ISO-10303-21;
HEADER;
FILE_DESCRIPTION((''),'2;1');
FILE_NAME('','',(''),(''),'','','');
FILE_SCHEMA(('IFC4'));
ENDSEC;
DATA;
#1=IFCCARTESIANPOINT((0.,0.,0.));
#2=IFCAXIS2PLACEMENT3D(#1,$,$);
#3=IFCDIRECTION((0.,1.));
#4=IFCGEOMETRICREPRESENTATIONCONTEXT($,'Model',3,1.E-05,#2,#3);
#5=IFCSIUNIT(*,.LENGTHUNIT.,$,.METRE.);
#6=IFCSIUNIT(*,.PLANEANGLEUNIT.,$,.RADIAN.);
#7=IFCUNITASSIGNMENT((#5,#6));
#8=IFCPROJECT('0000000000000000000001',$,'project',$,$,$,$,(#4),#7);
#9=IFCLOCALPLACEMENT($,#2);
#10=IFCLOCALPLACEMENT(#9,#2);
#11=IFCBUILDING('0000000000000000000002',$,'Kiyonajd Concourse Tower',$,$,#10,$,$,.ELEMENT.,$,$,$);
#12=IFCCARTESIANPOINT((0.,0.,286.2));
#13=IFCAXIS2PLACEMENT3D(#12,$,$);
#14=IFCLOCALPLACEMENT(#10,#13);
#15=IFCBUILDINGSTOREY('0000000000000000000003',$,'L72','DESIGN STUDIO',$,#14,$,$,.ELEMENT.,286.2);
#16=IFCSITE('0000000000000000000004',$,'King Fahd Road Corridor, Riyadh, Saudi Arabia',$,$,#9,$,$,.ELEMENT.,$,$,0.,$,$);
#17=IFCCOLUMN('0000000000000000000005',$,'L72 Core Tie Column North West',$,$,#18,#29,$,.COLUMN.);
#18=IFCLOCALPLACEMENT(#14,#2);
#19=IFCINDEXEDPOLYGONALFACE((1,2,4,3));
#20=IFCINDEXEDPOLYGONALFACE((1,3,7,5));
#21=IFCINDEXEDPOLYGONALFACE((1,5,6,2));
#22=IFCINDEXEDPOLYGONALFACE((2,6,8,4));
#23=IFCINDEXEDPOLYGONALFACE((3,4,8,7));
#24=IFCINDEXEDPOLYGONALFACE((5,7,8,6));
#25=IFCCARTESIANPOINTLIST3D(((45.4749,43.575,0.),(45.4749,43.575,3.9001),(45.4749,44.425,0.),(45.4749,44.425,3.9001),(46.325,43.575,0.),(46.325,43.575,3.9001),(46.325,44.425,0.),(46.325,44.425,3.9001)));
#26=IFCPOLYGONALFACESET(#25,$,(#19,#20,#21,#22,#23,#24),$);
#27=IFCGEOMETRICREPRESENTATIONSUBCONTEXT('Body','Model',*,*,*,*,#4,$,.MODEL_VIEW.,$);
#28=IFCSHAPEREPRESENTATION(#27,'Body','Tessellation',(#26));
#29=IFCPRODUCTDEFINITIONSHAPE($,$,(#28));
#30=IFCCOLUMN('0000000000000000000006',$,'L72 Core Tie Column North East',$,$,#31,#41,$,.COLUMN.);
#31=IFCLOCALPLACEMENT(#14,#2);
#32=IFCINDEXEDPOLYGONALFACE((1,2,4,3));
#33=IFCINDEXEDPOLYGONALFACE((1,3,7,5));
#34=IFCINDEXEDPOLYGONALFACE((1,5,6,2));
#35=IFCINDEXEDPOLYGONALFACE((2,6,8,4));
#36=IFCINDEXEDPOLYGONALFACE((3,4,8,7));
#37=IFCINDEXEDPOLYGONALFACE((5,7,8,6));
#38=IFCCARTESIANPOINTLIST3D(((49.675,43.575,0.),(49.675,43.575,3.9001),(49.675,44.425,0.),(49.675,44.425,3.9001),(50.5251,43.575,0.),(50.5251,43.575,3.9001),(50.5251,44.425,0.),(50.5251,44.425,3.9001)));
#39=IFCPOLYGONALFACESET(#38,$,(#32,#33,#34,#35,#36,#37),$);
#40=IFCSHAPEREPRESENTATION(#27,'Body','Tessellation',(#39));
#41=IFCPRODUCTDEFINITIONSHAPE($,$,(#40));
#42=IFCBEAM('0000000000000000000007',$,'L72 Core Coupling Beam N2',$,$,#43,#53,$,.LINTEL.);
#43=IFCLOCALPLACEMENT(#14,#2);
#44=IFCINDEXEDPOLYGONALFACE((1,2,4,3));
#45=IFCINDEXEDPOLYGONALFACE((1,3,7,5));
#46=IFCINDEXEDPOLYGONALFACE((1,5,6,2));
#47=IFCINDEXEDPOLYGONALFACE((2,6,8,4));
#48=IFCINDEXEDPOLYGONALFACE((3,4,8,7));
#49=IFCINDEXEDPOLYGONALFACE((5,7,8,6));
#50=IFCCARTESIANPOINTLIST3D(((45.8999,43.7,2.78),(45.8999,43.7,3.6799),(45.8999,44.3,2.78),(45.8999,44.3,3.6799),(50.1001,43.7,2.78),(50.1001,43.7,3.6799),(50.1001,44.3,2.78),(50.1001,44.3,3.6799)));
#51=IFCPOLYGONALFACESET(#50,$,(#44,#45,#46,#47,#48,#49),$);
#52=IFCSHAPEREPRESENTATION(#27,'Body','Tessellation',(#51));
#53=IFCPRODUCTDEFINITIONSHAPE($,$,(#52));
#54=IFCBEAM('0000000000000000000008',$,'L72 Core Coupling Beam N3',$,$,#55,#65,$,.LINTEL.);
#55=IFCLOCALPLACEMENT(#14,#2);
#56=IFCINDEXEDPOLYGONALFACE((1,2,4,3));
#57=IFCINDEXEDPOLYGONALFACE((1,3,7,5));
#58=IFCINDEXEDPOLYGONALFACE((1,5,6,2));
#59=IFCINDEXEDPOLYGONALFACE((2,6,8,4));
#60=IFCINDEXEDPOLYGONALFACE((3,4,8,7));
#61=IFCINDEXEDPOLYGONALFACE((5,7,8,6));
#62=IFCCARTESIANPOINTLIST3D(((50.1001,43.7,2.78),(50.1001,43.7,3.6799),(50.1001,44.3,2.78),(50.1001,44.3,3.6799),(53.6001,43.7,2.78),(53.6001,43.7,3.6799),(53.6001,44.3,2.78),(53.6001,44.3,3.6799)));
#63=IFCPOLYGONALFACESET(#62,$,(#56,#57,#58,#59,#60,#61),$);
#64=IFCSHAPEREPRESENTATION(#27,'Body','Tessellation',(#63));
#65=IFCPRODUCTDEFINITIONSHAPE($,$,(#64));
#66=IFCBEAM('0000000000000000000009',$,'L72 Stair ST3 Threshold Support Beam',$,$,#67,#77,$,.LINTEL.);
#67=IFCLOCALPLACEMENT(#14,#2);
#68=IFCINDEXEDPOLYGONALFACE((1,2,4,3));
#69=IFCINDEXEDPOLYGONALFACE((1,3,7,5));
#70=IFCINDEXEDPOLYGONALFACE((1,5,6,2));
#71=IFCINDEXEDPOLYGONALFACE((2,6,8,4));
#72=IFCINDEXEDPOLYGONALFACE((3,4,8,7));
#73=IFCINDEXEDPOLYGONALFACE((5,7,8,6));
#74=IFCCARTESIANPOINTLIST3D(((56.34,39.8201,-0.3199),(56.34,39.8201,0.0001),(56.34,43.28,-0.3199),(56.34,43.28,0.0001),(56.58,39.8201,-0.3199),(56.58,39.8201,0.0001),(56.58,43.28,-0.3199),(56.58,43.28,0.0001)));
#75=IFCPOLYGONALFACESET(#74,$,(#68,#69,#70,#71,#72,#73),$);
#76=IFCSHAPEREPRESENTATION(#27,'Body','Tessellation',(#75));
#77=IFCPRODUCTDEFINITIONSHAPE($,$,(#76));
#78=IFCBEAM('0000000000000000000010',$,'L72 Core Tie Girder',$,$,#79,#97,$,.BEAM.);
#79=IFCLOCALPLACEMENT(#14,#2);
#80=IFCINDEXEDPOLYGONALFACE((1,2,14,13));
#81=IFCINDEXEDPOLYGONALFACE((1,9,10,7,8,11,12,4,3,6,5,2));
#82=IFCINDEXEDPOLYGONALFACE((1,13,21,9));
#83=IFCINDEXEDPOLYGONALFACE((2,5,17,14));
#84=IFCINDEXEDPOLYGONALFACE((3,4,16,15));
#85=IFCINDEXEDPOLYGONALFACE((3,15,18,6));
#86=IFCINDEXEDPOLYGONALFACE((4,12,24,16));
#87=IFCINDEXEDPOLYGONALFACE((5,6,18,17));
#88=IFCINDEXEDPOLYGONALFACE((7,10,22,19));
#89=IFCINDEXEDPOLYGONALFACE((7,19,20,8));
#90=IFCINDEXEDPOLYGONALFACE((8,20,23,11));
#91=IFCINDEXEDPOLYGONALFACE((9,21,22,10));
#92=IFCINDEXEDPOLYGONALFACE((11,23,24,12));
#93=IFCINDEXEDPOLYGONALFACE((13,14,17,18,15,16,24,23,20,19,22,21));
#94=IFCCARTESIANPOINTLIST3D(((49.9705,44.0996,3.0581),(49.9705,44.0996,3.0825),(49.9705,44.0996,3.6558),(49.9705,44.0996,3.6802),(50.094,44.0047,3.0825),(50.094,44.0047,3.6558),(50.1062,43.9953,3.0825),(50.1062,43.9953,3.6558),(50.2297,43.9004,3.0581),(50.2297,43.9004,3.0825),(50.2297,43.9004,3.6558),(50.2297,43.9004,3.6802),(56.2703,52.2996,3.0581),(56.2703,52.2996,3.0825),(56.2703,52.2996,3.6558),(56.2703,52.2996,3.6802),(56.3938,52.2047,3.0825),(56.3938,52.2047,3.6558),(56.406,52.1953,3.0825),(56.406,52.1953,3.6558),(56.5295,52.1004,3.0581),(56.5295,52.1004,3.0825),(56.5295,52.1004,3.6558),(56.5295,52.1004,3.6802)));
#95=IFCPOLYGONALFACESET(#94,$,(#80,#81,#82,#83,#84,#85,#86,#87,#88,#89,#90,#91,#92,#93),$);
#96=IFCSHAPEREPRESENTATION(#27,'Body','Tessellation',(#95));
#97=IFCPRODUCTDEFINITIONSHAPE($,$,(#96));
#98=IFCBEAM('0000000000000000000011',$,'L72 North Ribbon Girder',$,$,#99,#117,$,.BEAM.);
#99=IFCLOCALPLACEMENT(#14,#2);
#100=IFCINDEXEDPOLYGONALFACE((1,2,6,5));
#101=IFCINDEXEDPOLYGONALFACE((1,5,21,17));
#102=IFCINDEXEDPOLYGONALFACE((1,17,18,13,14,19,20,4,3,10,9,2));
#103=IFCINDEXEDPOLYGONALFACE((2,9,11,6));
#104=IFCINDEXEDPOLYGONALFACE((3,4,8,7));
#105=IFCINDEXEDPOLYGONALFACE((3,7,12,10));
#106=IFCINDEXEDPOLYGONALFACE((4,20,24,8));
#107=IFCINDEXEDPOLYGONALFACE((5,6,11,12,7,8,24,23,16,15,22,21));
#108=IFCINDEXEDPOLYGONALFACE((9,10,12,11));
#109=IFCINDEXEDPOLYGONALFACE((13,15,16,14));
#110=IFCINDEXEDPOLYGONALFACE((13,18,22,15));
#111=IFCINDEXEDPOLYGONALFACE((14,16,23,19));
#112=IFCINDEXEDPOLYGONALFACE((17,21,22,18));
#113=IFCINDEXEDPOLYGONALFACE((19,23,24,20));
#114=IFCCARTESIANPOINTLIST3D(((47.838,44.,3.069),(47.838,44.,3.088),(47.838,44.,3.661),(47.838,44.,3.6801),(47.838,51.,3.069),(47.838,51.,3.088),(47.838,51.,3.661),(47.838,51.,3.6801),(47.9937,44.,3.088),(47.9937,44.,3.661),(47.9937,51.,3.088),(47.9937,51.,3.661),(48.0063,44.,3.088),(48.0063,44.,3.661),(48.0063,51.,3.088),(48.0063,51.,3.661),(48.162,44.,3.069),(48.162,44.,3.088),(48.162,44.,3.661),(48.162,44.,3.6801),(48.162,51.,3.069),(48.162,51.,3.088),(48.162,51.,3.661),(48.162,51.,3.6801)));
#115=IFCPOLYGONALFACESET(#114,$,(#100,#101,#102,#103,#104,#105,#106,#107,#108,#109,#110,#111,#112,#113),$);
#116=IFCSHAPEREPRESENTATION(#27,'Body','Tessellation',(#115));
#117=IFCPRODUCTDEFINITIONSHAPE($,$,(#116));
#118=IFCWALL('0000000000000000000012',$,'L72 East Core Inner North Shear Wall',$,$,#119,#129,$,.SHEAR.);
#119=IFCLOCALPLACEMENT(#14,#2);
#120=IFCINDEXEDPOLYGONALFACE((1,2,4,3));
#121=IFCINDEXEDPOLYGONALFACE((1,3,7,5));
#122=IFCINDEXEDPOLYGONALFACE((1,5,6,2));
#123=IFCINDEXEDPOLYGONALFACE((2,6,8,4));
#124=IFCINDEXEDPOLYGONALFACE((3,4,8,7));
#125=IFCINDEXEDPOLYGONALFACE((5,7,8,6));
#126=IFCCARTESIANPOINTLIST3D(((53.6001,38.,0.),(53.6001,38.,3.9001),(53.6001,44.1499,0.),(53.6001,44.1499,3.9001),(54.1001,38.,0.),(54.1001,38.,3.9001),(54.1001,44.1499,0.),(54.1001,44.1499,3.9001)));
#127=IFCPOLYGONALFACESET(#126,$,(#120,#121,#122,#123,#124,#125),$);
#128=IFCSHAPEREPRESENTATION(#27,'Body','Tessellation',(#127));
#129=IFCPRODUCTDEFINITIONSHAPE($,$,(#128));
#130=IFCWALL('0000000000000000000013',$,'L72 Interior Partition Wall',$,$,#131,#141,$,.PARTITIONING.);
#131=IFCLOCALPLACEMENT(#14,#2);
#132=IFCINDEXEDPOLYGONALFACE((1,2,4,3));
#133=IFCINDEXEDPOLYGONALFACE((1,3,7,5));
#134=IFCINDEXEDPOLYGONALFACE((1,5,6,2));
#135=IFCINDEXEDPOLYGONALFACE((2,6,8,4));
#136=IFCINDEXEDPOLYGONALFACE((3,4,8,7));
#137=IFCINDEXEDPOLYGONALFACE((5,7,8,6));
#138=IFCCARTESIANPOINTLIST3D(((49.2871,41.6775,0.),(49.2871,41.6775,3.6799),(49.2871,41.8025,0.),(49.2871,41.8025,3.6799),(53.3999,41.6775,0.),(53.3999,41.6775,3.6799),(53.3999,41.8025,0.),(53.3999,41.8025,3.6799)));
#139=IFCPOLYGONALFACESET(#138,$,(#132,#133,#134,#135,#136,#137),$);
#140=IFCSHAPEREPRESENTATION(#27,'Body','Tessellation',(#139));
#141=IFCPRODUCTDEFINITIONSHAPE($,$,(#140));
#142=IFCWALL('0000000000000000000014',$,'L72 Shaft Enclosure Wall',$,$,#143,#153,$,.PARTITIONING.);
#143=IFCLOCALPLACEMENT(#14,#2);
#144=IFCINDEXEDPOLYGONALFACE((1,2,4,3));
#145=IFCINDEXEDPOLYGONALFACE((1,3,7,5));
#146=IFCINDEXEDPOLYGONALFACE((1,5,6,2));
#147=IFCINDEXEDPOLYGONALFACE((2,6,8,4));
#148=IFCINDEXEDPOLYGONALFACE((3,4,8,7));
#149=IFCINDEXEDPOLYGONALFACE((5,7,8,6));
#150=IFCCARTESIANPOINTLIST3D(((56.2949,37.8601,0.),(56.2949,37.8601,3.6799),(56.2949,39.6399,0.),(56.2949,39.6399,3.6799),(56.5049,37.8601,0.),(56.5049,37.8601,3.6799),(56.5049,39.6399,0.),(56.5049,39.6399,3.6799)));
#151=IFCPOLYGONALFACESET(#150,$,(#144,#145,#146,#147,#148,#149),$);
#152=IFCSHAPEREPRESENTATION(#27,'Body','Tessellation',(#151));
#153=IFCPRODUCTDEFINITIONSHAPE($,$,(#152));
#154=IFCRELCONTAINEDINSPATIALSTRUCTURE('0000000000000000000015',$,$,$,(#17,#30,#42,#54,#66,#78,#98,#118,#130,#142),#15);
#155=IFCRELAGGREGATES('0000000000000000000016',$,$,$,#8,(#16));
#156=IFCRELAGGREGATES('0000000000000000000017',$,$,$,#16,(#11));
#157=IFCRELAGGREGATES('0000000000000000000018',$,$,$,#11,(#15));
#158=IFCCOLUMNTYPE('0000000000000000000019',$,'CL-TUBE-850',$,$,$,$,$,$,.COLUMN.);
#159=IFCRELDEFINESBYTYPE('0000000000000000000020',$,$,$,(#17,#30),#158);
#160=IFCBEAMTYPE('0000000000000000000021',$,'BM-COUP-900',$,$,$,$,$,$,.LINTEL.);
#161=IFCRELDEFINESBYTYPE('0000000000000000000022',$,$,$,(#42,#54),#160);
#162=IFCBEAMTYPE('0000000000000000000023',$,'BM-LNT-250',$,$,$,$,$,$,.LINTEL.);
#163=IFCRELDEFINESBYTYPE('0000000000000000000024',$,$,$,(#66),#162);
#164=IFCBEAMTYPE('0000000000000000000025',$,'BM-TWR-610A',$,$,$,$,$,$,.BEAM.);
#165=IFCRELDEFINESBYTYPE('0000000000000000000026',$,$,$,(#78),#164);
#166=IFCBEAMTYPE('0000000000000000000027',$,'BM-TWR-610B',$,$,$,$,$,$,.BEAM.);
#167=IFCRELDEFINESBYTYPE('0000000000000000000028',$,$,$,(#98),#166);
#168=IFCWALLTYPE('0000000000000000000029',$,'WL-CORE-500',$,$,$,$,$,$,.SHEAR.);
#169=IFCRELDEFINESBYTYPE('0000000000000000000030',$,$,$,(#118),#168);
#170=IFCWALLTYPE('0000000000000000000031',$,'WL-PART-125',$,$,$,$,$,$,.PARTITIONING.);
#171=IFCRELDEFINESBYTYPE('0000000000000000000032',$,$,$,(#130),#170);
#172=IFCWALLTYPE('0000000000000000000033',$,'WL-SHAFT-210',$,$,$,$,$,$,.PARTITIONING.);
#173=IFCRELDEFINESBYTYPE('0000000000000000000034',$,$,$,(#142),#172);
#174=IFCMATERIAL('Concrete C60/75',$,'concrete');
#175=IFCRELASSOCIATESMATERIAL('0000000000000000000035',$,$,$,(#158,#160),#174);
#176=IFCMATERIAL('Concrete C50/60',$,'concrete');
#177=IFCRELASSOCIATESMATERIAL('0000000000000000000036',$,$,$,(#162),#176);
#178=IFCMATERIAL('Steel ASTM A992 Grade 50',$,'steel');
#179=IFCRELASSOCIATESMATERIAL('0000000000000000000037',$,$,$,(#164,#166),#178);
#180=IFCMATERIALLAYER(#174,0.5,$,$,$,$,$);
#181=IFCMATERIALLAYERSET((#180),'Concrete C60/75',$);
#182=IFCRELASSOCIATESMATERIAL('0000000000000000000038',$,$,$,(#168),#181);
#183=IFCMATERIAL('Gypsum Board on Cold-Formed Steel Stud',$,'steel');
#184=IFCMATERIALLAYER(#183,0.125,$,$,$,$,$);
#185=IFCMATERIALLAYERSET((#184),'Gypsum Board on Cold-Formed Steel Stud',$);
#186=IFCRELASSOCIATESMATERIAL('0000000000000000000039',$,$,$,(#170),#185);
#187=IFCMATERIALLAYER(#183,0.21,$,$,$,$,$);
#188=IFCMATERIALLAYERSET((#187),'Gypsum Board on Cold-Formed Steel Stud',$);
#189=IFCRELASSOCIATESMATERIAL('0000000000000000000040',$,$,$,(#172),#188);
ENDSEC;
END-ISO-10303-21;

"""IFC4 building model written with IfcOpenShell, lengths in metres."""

from ifc_helpers import new_model, si_unit, direction, frame, frame_2d, origin, origin_2d, place, context, subcontext, project, spatial, rectangle, i_section, extrude, material, layer, layer_set, material_profile, profile_set, type_object, element, save


model = new_model("IFC4")

# Units and contexts
model_context = context("Model", 3, precision=1e-05, world=origin(), true_north=direction((0.0, 1.0)))
body_context = subcontext(model_context, "Body", "Model", "MODEL_VIEW")
ifc_project = project(units=[si_unit("LENGTHUNIT", "METRE"), si_unit("PLANEANGLEUNIT", "RADIAN")], contexts=[model_context])

# Site, building, storey
site_placement = place(None, origin())
site = spatial("IfcSite", under=ifc_project, at=site_placement, Name="King Fahd Road Corridor, Riyadh, Saudi Arabia", CompositionType="ELEMENT", RefElevation=0.0)
building_placement = place(site_placement, origin())
building = spatial("IfcBuilding", under=site, at=building_placement, Name="Kiyonajd Concourse Tower", CompositionType="ELEMENT")
storey_placement = place(building_placement, frame((0.0, 0.0, 286.2)))
storey = spatial("IfcBuildingStorey", under=building, at=storey_placement, Name="L72", Description="DESIGN STUDIO", CompositionType="ELEMENT", Elevation=286.2)

# Columns
ifc_material_1 = material(Name="Concrete C60/75", Category="concrete")
ifc_material_profile_1 = material_profile(ifc_material_1, rectangle(XDim=0.8501, YDim=0.8501, at=origin_2d()), Name="RC-850x850")
ifc_profile_set_1 = profile_set([ifc_material_profile_1], Name="Concrete C60/75")
column_type = type_object("IfcColumnType", Name="CL-TUBE-850", PredefinedType="COLUMN", material=ifc_profile_set_1)
for number, where, z_axis, x_axis, name in (
    (1, (45.8999, 44.0, 0.0), (0.0, 0.0, 1.0), (1.0, 0.0, 0.0), "L72 Core Tie Column North West"),
    (2, (50.1001, 44.0, 0.0), (0.0, 0.0, 1.0), (1.0, 0.0, 0.0), "L72 Core Tie Column North East"),
):
    element("IfcColumn", number, at=place(storey_placement, frame(where, z_axis=z_axis, x_axis=x_axis)), inside=storey, type_object=column_type, Name=name, PredefinedType="COLUMN", context=body_context, shape_type="SweptSolid", body=[
        extrude(rectangle(XDim=0.8501, YDim=0.8501, at=origin_2d()), origin(), (0.0, 0.0, 1.0), 3.9001),
    ])

# Beams
ifc_material_profile_2 = material_profile(ifc_material_1, rectangle(XDim=0.6001, YDim=0.8999, at=origin_2d()), Name="RCBM-600x900")
ifc_profile_set_2 = profile_set([ifc_material_profile_2], Name="Concrete C60/75")
beam_type_1 = type_object("IfcBeamType", Name="BM-COUP-900", PredefinedType="LINTEL", material=ifc_profile_set_2)
beam_1_placement = place(storey_placement, frame((45.8999, 44.0, 3.23), z_axis=(1.0, 0.0, 0.0), x_axis=(0.0, 1.0, 0.0)))
element("IfcBeam", 3, at=beam_1_placement, inside=storey, type_object=beam_type_1, Name="L72 Core Coupling Beam N2", PredefinedType="LINTEL", context=body_context, shape_type="SweptSolid", body=[
    extrude(rectangle(XDim=0.6001, YDim=0.8999, at=origin_2d()), origin(), (0.0, 0.0, 1.0), 4.2002),
])
beam_2_placement = place(storey_placement, frame((50.1001, 44.0, 3.23), z_axis=(1.0, 0.0, 0.0), x_axis=(0.0, 1.0, 0.0)))
element("IfcBeam", 4, at=beam_2_placement, inside=storey, type_object=beam_type_1, Name="L72 Core Coupling Beam N3", PredefinedType="LINTEL", context=body_context, shape_type="SweptSolid", body=[
    extrude(rectangle(XDim=0.6001, YDim=0.8999, at=origin_2d()), origin(), (0.0, 0.0, 1.0), 3.5),
])
ifc_material_2 = material(Name="Concrete C50/60", Category="concrete")
ifc_material_profile_3 = material_profile(ifc_material_2, rectangle(XDim=0.24, YDim=0.3201, at=origin_2d()), Name="RCBM-240x320")
ifc_profile_set_3 = profile_set([ifc_material_profile_3], Name="Concrete C50/60")
beam_type_2 = type_object("IfcBeamType", Name="BM-LNT-250", PredefinedType="LINTEL", material=ifc_profile_set_3)
beam_3_placement = place(storey_placement, frame((56.46, 39.8201, -0.1599), z_axis=(0.0, 1.0, 0.0), x_axis=(-1.0, 0.0, 0.0)))
element("IfcBeam", 5, at=beam_3_placement, inside=storey, type_object=beam_type_2, Name="L72 Stair ST3 Threshold Support Beam", PredefinedType="LINTEL", context=body_context, shape_type="SweptSolid", body=[
    extrude(rectangle(XDim=0.24, YDim=0.3201, at=origin_2d()), origin(), (0.0, 0.0, 1.0), 3.46),
])
ifc_material_3 = material(Name="Steel ASTM A992 Grade 50", Category="steel")
ifc_material_profile_4 = material_profile(ifc_material_3, i_section(OverallWidth=0.3269, OverallDepth=0.6221, WebThickness=0.0154, FlangeThickness=0.0244, at=origin_2d()), Name="W610X195")
ifc_profile_set_4 = profile_set([ifc_material_profile_4], Name="Steel ASTM A992 Grade 50")
beam_type_3 = type_object("IfcBeamType", Name="BM-TWR-610A", PredefinedType="BEAM", material=ifc_profile_set_4)
beam_4_placement = place(storey_placement, frame((50.1001, 44.0, 3.3691), z_axis=(0.609234, 0.792991, 0.0), x_axis=(-0.792991, 0.609234, 0.0)))
element("IfcBeam", 6, at=beam_4_placement, inside=storey, type_object=beam_type_3, Name="L72 Core Tie Girder", PredefinedType="BEAM", context=body_context, shape_type="SweptSolid", body=[
    extrude(i_section(OverallWidth=0.3269, OverallDepth=0.6221, WebThickness=0.0154, FlangeThickness=0.0244, at=origin_2d()), origin(), (0.0, 0.0, 1.0), 10.3406),
])
ifc_material_profile_5 = material_profile(ifc_material_3, i_section(OverallWidth=0.324, OverallDepth=0.6111, WebThickness=0.0127, FlangeThickness=0.019, at=origin_2d()), Name="W610X155")
ifc_profile_set_5 = profile_set([ifc_material_profile_5], Name="Steel ASTM A992 Grade 50")
beam_type_4 = type_object("IfcBeamType", Name="BM-TWR-610B", PredefinedType="BEAM", material=ifc_profile_set_5)
beam_5_placement = place(storey_placement, frame((48.0, 44.0, 3.3745), z_axis=(0.0, 1.0, 0.0), x_axis=(-1.0, 0.0, 0.0)))
element("IfcBeam", 7, at=beam_5_placement, inside=storey, type_object=beam_type_4, Name="L72 North Ribbon Girder", PredefinedType="BEAM", context=body_context, shape_type="SweptSolid", body=[
    extrude(i_section(OverallWidth=0.324, OverallDepth=0.6111, WebThickness=0.0127, FlangeThickness=0.019, at=origin_2d()), origin(), (0.0, 0.0, 1.0), 7.0),
])

# Walls
ifc_layer_1 = layer(ifc_material_1, 0.5)
ifc_layer_set_1 = layer_set([ifc_layer_1], Name="Concrete C60/75")
wall_type_1 = type_object("IfcWallType", Name="WL-CORE-500", PredefinedType="SHEAR", material=ifc_layer_set_1)
wall_1_placement = place(storey_placement, frame((53.8501, 38.0, 0.0), z_axis=(0.0, 0.0, 1.0), x_axis=(0.0, 1.0, 0.0)))
element("IfcWall", 8, at=wall_1_placement, inside=storey, type_object=wall_type_1, Name="L72 East Core Inner North Shear Wall", PredefinedType="SHEAR", context=body_context, shape_type="SweptSolid", body=[
    extrude(rectangle(XDim=6.1499, YDim=0.5, at=frame_2d((3.075, 0.0))), origin(), (0.0, 0.0, 1.0), 3.9001),
])
ifc_material_4 = material(Name="Gypsum Board on Cold-Formed Steel Stud", Category="steel")
ifc_layer_2 = layer(ifc_material_4, 0.125)
ifc_layer_set_2 = layer_set([ifc_layer_2], Name="Gypsum Board on Cold-Formed Steel Stud")
wall_type_2 = type_object("IfcWallType", Name="WL-PART-125", PredefinedType="PARTITIONING", material=ifc_layer_set_2)
wall_2_placement = place(storey_placement, frame((49.2871, 41.74, 0.0), z_axis=(0.0, 0.0, 1.0), x_axis=(1.0, 0.0, 0.0)))
element("IfcWall", 9, at=wall_2_placement, inside=storey, type_object=wall_type_2, Name="L72 Interior Partition Wall", PredefinedType="PARTITIONING", context=body_context, shape_type="SweptSolid", body=[
    extrude(rectangle(XDim=4.1128, YDim=0.125, at=frame_2d((2.0564, 0.0))), origin(), (0.0, 0.0, 1.0), 3.6799),
])
ifc_layer_3 = layer(ifc_material_4, 0.21)
ifc_layer_set_3 = layer_set([ifc_layer_3], Name="Gypsum Board on Cold-Formed Steel Stud")
wall_type_3 = type_object("IfcWallType", Name="WL-SHAFT-210", PredefinedType="PARTITIONING", material=ifc_layer_set_3)
wall_3_placement = place(storey_placement, frame((56.3999, 37.8601, 0.0), z_axis=(0.0, 0.0, 1.0), x_axis=(0.0, 1.0, 0.0)))
element("IfcWall", 10, at=wall_3_placement, inside=storey, type_object=wall_type_3, Name="L72 Shaft Enclosure Wall", PredefinedType="PARTITIONING", context=body_context, shape_type="SweptSolid", body=[
    extrude(rectangle(XDim=1.7798, YDim=0.21, at=frame_2d((0.8899, 0.0))), origin(), (0.0, 0.0, 1.0), 3.6799),
])

save(model, "model.ifc")
